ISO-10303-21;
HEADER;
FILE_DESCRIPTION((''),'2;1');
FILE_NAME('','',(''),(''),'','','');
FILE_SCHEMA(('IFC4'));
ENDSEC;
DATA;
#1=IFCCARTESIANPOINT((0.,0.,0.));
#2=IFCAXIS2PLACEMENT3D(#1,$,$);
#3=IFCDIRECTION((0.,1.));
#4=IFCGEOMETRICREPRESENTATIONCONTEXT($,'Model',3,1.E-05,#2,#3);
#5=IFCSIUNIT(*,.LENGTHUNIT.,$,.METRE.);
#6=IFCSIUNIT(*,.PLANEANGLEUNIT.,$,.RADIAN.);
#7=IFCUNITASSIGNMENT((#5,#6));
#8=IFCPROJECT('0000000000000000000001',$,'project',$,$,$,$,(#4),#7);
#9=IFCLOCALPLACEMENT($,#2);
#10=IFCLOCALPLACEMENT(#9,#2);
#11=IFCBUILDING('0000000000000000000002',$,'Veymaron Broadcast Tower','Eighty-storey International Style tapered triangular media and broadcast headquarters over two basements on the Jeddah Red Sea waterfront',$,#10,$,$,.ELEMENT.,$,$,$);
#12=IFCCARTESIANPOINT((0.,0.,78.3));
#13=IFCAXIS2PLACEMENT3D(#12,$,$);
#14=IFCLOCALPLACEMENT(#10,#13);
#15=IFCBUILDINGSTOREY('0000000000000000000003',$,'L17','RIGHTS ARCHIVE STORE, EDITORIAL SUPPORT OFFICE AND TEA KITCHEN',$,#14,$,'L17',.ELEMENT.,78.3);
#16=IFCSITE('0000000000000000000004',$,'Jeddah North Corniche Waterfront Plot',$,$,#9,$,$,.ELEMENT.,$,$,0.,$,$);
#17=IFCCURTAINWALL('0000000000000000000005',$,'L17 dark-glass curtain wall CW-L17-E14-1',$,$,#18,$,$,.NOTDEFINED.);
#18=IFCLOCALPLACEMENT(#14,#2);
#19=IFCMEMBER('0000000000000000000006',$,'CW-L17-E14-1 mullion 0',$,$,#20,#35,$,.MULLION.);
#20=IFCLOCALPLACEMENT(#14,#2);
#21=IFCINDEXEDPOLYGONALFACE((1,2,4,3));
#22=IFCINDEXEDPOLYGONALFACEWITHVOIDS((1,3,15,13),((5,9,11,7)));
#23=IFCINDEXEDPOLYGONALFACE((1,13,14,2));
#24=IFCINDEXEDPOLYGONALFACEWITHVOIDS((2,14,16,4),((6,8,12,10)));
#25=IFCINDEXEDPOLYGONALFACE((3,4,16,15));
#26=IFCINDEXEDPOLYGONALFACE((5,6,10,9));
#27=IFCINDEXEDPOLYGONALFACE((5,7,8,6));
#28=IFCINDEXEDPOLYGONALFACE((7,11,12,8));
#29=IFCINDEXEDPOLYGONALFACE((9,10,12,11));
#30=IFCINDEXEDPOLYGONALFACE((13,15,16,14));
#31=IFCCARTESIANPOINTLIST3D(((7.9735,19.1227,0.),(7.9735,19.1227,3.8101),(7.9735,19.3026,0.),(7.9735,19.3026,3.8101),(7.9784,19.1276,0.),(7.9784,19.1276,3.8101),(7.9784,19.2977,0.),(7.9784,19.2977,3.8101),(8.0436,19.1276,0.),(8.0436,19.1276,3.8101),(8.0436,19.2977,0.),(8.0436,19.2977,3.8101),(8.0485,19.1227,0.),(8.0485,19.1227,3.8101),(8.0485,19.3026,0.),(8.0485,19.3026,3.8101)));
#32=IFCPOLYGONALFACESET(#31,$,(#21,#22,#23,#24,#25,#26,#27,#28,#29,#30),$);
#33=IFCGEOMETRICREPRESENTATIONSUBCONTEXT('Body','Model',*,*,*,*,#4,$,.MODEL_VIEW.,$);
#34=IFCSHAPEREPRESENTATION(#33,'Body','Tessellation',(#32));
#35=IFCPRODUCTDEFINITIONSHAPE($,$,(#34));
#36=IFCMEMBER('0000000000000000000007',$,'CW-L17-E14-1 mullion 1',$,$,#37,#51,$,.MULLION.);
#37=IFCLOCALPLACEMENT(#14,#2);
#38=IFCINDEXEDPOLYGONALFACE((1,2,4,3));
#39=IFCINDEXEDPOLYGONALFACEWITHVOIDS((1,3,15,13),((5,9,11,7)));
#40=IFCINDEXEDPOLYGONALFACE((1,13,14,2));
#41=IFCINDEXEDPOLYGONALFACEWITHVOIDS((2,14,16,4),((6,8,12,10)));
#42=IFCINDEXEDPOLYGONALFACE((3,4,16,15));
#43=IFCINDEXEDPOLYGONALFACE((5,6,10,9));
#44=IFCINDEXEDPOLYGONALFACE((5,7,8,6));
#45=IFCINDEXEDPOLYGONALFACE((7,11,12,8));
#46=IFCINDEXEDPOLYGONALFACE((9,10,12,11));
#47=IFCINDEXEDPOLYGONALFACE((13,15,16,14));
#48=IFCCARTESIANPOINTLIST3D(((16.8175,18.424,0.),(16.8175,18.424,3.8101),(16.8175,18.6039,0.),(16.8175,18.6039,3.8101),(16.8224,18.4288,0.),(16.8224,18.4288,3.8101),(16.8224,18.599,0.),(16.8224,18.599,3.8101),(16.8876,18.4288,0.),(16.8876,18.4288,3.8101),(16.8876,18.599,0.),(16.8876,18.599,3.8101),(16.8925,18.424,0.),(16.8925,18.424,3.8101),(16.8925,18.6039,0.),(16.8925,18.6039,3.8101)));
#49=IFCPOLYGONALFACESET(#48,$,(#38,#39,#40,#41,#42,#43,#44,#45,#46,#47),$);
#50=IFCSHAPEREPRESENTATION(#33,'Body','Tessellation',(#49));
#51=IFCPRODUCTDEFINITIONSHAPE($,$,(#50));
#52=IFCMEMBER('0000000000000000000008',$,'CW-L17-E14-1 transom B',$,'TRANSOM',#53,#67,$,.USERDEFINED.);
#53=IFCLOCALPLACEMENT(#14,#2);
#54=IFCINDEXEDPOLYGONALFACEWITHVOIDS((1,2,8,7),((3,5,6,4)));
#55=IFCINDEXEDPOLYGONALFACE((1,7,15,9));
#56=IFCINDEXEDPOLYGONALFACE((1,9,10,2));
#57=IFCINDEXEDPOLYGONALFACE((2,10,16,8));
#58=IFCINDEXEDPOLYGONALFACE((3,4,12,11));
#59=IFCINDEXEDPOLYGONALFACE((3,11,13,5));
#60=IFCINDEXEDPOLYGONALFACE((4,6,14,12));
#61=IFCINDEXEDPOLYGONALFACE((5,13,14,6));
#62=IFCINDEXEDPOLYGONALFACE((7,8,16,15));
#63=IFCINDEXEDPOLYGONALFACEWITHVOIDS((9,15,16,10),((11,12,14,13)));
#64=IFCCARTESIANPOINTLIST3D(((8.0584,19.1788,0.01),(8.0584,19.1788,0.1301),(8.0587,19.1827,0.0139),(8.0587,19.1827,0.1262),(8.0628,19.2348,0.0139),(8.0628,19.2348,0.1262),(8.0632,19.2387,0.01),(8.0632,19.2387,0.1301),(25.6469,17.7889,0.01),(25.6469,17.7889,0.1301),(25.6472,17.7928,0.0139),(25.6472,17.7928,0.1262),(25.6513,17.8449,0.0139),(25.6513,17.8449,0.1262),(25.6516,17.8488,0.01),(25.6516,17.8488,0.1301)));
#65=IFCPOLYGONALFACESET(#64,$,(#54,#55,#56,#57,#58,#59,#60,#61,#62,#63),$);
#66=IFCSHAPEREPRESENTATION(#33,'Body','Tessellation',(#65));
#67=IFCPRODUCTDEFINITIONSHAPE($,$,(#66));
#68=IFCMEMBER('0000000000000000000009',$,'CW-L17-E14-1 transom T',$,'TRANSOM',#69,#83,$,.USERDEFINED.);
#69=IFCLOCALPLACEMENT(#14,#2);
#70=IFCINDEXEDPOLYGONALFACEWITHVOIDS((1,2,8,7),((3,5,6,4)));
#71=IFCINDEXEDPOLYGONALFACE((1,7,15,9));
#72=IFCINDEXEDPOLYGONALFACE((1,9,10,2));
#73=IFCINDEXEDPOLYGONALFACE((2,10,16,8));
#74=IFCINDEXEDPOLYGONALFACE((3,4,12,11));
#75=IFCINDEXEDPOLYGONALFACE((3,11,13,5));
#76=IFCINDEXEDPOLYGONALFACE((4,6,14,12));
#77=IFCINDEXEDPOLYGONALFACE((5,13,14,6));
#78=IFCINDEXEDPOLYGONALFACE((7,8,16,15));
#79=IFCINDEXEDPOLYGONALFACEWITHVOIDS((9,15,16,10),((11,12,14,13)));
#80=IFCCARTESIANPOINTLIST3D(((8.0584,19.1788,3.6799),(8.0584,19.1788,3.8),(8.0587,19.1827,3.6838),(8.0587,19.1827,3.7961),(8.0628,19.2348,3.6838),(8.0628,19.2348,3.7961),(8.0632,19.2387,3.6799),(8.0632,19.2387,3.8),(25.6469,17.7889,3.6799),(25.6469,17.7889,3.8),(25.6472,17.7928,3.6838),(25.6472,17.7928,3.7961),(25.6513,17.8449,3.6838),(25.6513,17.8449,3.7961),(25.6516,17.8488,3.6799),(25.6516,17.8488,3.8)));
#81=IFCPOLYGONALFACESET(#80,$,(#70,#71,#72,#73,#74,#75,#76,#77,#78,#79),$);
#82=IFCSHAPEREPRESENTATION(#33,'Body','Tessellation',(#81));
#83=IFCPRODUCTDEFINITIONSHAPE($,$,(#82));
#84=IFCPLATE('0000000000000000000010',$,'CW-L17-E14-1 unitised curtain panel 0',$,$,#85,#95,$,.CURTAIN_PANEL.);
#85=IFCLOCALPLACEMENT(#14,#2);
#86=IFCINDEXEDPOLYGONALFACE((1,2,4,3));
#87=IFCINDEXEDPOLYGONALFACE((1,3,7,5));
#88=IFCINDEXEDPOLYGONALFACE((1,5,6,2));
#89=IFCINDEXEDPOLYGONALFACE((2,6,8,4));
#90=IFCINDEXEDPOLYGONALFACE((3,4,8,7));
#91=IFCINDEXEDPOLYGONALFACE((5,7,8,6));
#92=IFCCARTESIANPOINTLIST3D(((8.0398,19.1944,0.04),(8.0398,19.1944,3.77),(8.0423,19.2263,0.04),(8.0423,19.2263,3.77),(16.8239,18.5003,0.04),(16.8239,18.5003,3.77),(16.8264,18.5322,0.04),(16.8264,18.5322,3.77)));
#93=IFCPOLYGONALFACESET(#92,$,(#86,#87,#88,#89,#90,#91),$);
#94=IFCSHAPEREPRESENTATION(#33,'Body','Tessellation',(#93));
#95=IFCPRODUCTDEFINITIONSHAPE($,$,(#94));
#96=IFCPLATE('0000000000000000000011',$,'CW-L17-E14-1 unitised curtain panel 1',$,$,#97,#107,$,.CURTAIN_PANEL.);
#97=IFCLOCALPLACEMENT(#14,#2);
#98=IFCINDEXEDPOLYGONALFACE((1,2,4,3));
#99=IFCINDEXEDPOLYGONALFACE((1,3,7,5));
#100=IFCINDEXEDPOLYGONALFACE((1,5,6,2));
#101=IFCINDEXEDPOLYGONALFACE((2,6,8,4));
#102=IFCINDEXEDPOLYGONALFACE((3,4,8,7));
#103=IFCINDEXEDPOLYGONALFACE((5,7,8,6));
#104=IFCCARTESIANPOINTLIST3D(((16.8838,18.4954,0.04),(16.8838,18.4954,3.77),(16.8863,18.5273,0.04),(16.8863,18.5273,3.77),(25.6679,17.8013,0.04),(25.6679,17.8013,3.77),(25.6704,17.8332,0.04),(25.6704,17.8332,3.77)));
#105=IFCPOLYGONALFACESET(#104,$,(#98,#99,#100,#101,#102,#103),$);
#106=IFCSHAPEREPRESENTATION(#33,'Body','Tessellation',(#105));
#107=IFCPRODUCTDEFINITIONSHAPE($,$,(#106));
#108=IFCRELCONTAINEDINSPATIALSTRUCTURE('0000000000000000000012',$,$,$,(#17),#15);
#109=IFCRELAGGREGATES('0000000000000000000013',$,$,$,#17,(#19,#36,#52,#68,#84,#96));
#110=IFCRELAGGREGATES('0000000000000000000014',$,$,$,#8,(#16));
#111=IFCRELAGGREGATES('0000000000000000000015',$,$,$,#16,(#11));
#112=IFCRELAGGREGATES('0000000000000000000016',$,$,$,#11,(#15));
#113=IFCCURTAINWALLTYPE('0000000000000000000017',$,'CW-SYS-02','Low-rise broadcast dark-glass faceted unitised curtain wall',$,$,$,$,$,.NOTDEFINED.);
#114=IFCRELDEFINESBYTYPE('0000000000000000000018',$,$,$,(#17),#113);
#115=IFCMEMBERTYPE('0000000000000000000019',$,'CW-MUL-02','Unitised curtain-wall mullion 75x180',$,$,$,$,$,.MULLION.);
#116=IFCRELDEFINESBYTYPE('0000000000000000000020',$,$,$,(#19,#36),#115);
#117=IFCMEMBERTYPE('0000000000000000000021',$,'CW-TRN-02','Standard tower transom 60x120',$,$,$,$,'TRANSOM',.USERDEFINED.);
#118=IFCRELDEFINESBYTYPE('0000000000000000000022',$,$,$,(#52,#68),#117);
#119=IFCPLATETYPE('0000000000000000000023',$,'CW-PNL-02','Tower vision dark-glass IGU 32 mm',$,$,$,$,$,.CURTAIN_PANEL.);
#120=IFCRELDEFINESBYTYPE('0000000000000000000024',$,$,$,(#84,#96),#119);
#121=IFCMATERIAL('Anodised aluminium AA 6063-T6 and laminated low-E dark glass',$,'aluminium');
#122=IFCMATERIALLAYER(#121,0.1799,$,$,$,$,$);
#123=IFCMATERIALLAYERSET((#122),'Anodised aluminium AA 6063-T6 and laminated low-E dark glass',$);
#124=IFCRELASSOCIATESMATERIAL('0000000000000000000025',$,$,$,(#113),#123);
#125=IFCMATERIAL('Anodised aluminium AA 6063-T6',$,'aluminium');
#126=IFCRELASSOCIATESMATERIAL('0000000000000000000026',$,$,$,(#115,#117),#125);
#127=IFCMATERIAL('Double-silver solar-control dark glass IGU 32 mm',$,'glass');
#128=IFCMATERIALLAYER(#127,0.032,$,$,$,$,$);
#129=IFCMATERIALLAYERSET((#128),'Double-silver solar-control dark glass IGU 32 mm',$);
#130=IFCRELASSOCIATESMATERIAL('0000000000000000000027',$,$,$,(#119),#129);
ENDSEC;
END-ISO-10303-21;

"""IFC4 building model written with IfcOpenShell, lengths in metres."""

from ifc_helpers import new_model, si_unit, direction, frame, origin, origin_2d, place, context, subcontext, project, spatial, rectangle, hollow_rectangle, extrude, material, layer, layer_set, material_profile, profile_set, type_object, element, aggregate, save


model = new_model("IFC4")

# Units and contexts
model_context = context("Model", 3, precision=1e-05, world=origin(), true_north=direction((0.0, 1.0)))
body_context = subcontext(model_context, "Body", "Model", "MODEL_VIEW")
ifc_project = project(units=[si_unit("LENGTHUNIT", "METRE"), si_unit("PLANEANGLEUNIT", "RADIAN")], contexts=[model_context])

# Site, building, storey
site_placement = place(None, origin())
site = spatial("IfcSite", under=ifc_project, at=site_placement, Name="Jeddah North Corniche Waterfront Plot", CompositionType="ELEMENT", RefElevation=0.0)
building_placement = place(site_placement, origin())
building = spatial("IfcBuilding", under=site, at=building_placement, Name="Veymaron Broadcast Tower", Description="Eighty-storey International Style tapered triangular media and broadcast headquarters over two basements on the Jeddah Red Sea waterfront", CompositionType="ELEMENT")
storey_placement = place(building_placement, frame((0.0, 0.0, 78.3)))
storey = spatial("IfcBuildingStorey", under=building, at=storey_placement, Name="L17", Description="RIGHTS ARCHIVE STORE, EDITORIAL SUPPORT OFFICE AND TEA KITCHEN", LongName="L17", CompositionType="ELEMENT", Elevation=78.3)

# Curtain wall, members, plates
ifc_material_1 = material(Name="Anodised aluminium AA 6063-T6 and laminated low-E dark glass", Category="aluminium")
ifc_layer_1 = layer(ifc_material_1, 0.1799)
ifc_layer_set_1 = layer_set([ifc_layer_1], Name="Anodised aluminium AA 6063-T6 and laminated low-E dark glass")
curtain_wall_type = type_object("IfcCurtainWallType", Name="CW-SYS-02", Description="Low-rise broadcast dark-glass faceted unitised curtain wall", PredefinedType="NOTDEFINED", material=ifc_layer_set_1)
curtain_wall_placement = place(storey_placement, origin())
curtain_wall = element("IfcCurtainWall", 1, at=curtain_wall_placement, inside=storey, type_object=curtain_wall_type, Name="L17 dark-glass curtain wall CW-L17-E14-1", PredefinedType="NOTDEFINED")
ifc_material_2 = material(Name="Anodised aluminium AA 6063-T6", Category="aluminium")
ifc_material_profile_1 = material_profile(ifc_material_2, hollow_rectangle(XDim=0.075, YDim=0.1799, WallThickness=0.0049, at=origin_2d()), Name="AL180X75X5")
ifc_profile_set_1 = profile_set([ifc_material_profile_1], Name="Anodised aluminium AA 6063-T6")
member_type_1 = type_object("IfcMemberType", Name="CW-MUL-02", Description="Unitised curtain-wall mullion 75x180", PredefinedType="MULLION", material=ifc_profile_set_1)
member_1_placement = place(storey_placement, frame((8.011, 19.2126, 0.0), z_axis=(0.0, 0.0, 1.0), x_axis=(1.0, 0.0, 0.0)))
member_1 = element("IfcMember", 2, at=member_1_placement, type_object=member_type_1, Name="CW-L17-E14-1 mullion 0", PredefinedType="MULLION", context=body_context, shape_type="SweptSolid", body=[
    extrude(hollow_rectangle(XDim=0.075, YDim=0.1799, WallThickness=0.0049, at=origin_2d()), origin(), (0.0, 0.0, 1.0), 3.8101),
])
member_2_placement = place(storey_placement, frame((16.855, 18.5139, 0.0), z_axis=(0.0, 0.0, 1.0), x_axis=(1.0, 0.0, 0.0)))
member_2 = element("IfcMember", 3, at=member_2_placement, type_object=member_type_1, Name="CW-L17-E14-1 mullion 1", PredefinedType="MULLION", context=body_context, shape_type="SweptSolid", body=[
    extrude(hollow_rectangle(XDim=0.075, YDim=0.1799, WallThickness=0.0049, at=origin_2d()), origin(), (0.0, 0.0, 1.0), 3.8101),
])
ifc_material_profile_2 = material_profile(ifc_material_2, hollow_rectangle(XDim=0.0601, YDim=0.1201, WallThickness=0.0039, at=origin_2d()), Name="AL120X60X4")
ifc_profile_set_2 = profile_set([ifc_material_profile_2], Name="Anodised aluminium AA 6063-T6")
member_type_2 = type_object("IfcMemberType", Name="CW-TRN-02", Description="Standard tower transom 60x120", ElementType="TRANSOM", PredefinedType="USERDEFINED", material=ifc_profile_set_2)
member_3_placement = place(storey_placement, frame((8.0608, 19.2087, 0.0701), z_axis=(0.996892, -0.078778, 0.0), x_axis=(0.078778, 0.996892, 0.0)))
member_3 = element("IfcMember", 4, at=member_3_placement, type_object=member_type_2, Name="CW-L17-E14-1 transom B", ObjectType="TRANSOM", PredefinedType="USERDEFINED", context=body_context, shape_type="SweptSolid", body=[
    extrude(hollow_rectangle(XDim=0.0601, YDim=0.1201, WallThickness=0.0039, at=origin_2d()), origin(), (0.0, 0.0, 1.0), 17.6433),
])
member_4_placement = place(storey_placement, frame((8.0608, 19.2087, 3.74), z_axis=(0.996892, -0.078778, 0.0), x_axis=(0.078778, 0.996892, 0.0)))
member_4 = element("IfcMember", 5, at=member_4_placement, type_object=member_type_2, Name="CW-L17-E14-1 transom T", ObjectType="TRANSOM", PredefinedType="USERDEFINED", context=body_context, shape_type="SweptSolid", body=[
    extrude(hollow_rectangle(XDim=0.0601, YDim=0.1201, WallThickness=0.0039, at=origin_2d()), origin(), (0.0, 0.0, 1.0), 17.6433),
])
ifc_material_3 = material(Name="Double-silver solar-control dark glass IGU 32 mm", Category="glass")
ifc_layer_2 = layer(ifc_material_3, 0.032)
ifc_layer_set_2 = layer_set([ifc_layer_2], Name="Double-silver solar-control dark glass IGU 32 mm")
plate_type = type_object("IfcPlateType", Name="CW-PNL-02", Description="Tower vision dark-glass IGU 32 mm", PredefinedType="CURTAIN_PANEL", material=ifc_layer_set_2)
plate_1_placement = place(storey_placement, frame((12.4331, 18.8633, 0.04), z_axis=(0.0, 0.0, 1.0), x_axis=(0.996893, -0.078772, 0.0)))
plate_1 = element("IfcPlate", 6, at=plate_1_placement, type_object=plate_type, Name="CW-L17-E14-1 unitised curtain panel 0", PredefinedType="CURTAIN_PANEL", context=body_context, shape_type="SweptSolid", body=[
    extrude(rectangle(XDim=8.8115, YDim=0.032, at=origin_2d()), origin(), (0.0, 0.0, 1.0), 3.73),
])
plate_2_placement = place(storey_placement, frame((21.2771, 18.1643, 0.04), z_axis=(0.0, 0.0, 1.0), x_axis=(0.996893, -0.078772, 0.0)))
plate_2 = element("IfcPlate", 7, at=plate_2_placement, type_object=plate_type, Name="CW-L17-E14-1 unitised curtain panel 1", PredefinedType="CURTAIN_PANEL", context=body_context, shape_type="SweptSolid", body=[
    extrude(rectangle(XDim=8.8115, YDim=0.032, at=origin_2d()), origin(), (0.0, 0.0, 1.0), 3.73),
])
aggregate(curtain_wall, [member_1, member_2, member_3, member_4, plate_1, plate_2])

save(model, "model.ifc")
